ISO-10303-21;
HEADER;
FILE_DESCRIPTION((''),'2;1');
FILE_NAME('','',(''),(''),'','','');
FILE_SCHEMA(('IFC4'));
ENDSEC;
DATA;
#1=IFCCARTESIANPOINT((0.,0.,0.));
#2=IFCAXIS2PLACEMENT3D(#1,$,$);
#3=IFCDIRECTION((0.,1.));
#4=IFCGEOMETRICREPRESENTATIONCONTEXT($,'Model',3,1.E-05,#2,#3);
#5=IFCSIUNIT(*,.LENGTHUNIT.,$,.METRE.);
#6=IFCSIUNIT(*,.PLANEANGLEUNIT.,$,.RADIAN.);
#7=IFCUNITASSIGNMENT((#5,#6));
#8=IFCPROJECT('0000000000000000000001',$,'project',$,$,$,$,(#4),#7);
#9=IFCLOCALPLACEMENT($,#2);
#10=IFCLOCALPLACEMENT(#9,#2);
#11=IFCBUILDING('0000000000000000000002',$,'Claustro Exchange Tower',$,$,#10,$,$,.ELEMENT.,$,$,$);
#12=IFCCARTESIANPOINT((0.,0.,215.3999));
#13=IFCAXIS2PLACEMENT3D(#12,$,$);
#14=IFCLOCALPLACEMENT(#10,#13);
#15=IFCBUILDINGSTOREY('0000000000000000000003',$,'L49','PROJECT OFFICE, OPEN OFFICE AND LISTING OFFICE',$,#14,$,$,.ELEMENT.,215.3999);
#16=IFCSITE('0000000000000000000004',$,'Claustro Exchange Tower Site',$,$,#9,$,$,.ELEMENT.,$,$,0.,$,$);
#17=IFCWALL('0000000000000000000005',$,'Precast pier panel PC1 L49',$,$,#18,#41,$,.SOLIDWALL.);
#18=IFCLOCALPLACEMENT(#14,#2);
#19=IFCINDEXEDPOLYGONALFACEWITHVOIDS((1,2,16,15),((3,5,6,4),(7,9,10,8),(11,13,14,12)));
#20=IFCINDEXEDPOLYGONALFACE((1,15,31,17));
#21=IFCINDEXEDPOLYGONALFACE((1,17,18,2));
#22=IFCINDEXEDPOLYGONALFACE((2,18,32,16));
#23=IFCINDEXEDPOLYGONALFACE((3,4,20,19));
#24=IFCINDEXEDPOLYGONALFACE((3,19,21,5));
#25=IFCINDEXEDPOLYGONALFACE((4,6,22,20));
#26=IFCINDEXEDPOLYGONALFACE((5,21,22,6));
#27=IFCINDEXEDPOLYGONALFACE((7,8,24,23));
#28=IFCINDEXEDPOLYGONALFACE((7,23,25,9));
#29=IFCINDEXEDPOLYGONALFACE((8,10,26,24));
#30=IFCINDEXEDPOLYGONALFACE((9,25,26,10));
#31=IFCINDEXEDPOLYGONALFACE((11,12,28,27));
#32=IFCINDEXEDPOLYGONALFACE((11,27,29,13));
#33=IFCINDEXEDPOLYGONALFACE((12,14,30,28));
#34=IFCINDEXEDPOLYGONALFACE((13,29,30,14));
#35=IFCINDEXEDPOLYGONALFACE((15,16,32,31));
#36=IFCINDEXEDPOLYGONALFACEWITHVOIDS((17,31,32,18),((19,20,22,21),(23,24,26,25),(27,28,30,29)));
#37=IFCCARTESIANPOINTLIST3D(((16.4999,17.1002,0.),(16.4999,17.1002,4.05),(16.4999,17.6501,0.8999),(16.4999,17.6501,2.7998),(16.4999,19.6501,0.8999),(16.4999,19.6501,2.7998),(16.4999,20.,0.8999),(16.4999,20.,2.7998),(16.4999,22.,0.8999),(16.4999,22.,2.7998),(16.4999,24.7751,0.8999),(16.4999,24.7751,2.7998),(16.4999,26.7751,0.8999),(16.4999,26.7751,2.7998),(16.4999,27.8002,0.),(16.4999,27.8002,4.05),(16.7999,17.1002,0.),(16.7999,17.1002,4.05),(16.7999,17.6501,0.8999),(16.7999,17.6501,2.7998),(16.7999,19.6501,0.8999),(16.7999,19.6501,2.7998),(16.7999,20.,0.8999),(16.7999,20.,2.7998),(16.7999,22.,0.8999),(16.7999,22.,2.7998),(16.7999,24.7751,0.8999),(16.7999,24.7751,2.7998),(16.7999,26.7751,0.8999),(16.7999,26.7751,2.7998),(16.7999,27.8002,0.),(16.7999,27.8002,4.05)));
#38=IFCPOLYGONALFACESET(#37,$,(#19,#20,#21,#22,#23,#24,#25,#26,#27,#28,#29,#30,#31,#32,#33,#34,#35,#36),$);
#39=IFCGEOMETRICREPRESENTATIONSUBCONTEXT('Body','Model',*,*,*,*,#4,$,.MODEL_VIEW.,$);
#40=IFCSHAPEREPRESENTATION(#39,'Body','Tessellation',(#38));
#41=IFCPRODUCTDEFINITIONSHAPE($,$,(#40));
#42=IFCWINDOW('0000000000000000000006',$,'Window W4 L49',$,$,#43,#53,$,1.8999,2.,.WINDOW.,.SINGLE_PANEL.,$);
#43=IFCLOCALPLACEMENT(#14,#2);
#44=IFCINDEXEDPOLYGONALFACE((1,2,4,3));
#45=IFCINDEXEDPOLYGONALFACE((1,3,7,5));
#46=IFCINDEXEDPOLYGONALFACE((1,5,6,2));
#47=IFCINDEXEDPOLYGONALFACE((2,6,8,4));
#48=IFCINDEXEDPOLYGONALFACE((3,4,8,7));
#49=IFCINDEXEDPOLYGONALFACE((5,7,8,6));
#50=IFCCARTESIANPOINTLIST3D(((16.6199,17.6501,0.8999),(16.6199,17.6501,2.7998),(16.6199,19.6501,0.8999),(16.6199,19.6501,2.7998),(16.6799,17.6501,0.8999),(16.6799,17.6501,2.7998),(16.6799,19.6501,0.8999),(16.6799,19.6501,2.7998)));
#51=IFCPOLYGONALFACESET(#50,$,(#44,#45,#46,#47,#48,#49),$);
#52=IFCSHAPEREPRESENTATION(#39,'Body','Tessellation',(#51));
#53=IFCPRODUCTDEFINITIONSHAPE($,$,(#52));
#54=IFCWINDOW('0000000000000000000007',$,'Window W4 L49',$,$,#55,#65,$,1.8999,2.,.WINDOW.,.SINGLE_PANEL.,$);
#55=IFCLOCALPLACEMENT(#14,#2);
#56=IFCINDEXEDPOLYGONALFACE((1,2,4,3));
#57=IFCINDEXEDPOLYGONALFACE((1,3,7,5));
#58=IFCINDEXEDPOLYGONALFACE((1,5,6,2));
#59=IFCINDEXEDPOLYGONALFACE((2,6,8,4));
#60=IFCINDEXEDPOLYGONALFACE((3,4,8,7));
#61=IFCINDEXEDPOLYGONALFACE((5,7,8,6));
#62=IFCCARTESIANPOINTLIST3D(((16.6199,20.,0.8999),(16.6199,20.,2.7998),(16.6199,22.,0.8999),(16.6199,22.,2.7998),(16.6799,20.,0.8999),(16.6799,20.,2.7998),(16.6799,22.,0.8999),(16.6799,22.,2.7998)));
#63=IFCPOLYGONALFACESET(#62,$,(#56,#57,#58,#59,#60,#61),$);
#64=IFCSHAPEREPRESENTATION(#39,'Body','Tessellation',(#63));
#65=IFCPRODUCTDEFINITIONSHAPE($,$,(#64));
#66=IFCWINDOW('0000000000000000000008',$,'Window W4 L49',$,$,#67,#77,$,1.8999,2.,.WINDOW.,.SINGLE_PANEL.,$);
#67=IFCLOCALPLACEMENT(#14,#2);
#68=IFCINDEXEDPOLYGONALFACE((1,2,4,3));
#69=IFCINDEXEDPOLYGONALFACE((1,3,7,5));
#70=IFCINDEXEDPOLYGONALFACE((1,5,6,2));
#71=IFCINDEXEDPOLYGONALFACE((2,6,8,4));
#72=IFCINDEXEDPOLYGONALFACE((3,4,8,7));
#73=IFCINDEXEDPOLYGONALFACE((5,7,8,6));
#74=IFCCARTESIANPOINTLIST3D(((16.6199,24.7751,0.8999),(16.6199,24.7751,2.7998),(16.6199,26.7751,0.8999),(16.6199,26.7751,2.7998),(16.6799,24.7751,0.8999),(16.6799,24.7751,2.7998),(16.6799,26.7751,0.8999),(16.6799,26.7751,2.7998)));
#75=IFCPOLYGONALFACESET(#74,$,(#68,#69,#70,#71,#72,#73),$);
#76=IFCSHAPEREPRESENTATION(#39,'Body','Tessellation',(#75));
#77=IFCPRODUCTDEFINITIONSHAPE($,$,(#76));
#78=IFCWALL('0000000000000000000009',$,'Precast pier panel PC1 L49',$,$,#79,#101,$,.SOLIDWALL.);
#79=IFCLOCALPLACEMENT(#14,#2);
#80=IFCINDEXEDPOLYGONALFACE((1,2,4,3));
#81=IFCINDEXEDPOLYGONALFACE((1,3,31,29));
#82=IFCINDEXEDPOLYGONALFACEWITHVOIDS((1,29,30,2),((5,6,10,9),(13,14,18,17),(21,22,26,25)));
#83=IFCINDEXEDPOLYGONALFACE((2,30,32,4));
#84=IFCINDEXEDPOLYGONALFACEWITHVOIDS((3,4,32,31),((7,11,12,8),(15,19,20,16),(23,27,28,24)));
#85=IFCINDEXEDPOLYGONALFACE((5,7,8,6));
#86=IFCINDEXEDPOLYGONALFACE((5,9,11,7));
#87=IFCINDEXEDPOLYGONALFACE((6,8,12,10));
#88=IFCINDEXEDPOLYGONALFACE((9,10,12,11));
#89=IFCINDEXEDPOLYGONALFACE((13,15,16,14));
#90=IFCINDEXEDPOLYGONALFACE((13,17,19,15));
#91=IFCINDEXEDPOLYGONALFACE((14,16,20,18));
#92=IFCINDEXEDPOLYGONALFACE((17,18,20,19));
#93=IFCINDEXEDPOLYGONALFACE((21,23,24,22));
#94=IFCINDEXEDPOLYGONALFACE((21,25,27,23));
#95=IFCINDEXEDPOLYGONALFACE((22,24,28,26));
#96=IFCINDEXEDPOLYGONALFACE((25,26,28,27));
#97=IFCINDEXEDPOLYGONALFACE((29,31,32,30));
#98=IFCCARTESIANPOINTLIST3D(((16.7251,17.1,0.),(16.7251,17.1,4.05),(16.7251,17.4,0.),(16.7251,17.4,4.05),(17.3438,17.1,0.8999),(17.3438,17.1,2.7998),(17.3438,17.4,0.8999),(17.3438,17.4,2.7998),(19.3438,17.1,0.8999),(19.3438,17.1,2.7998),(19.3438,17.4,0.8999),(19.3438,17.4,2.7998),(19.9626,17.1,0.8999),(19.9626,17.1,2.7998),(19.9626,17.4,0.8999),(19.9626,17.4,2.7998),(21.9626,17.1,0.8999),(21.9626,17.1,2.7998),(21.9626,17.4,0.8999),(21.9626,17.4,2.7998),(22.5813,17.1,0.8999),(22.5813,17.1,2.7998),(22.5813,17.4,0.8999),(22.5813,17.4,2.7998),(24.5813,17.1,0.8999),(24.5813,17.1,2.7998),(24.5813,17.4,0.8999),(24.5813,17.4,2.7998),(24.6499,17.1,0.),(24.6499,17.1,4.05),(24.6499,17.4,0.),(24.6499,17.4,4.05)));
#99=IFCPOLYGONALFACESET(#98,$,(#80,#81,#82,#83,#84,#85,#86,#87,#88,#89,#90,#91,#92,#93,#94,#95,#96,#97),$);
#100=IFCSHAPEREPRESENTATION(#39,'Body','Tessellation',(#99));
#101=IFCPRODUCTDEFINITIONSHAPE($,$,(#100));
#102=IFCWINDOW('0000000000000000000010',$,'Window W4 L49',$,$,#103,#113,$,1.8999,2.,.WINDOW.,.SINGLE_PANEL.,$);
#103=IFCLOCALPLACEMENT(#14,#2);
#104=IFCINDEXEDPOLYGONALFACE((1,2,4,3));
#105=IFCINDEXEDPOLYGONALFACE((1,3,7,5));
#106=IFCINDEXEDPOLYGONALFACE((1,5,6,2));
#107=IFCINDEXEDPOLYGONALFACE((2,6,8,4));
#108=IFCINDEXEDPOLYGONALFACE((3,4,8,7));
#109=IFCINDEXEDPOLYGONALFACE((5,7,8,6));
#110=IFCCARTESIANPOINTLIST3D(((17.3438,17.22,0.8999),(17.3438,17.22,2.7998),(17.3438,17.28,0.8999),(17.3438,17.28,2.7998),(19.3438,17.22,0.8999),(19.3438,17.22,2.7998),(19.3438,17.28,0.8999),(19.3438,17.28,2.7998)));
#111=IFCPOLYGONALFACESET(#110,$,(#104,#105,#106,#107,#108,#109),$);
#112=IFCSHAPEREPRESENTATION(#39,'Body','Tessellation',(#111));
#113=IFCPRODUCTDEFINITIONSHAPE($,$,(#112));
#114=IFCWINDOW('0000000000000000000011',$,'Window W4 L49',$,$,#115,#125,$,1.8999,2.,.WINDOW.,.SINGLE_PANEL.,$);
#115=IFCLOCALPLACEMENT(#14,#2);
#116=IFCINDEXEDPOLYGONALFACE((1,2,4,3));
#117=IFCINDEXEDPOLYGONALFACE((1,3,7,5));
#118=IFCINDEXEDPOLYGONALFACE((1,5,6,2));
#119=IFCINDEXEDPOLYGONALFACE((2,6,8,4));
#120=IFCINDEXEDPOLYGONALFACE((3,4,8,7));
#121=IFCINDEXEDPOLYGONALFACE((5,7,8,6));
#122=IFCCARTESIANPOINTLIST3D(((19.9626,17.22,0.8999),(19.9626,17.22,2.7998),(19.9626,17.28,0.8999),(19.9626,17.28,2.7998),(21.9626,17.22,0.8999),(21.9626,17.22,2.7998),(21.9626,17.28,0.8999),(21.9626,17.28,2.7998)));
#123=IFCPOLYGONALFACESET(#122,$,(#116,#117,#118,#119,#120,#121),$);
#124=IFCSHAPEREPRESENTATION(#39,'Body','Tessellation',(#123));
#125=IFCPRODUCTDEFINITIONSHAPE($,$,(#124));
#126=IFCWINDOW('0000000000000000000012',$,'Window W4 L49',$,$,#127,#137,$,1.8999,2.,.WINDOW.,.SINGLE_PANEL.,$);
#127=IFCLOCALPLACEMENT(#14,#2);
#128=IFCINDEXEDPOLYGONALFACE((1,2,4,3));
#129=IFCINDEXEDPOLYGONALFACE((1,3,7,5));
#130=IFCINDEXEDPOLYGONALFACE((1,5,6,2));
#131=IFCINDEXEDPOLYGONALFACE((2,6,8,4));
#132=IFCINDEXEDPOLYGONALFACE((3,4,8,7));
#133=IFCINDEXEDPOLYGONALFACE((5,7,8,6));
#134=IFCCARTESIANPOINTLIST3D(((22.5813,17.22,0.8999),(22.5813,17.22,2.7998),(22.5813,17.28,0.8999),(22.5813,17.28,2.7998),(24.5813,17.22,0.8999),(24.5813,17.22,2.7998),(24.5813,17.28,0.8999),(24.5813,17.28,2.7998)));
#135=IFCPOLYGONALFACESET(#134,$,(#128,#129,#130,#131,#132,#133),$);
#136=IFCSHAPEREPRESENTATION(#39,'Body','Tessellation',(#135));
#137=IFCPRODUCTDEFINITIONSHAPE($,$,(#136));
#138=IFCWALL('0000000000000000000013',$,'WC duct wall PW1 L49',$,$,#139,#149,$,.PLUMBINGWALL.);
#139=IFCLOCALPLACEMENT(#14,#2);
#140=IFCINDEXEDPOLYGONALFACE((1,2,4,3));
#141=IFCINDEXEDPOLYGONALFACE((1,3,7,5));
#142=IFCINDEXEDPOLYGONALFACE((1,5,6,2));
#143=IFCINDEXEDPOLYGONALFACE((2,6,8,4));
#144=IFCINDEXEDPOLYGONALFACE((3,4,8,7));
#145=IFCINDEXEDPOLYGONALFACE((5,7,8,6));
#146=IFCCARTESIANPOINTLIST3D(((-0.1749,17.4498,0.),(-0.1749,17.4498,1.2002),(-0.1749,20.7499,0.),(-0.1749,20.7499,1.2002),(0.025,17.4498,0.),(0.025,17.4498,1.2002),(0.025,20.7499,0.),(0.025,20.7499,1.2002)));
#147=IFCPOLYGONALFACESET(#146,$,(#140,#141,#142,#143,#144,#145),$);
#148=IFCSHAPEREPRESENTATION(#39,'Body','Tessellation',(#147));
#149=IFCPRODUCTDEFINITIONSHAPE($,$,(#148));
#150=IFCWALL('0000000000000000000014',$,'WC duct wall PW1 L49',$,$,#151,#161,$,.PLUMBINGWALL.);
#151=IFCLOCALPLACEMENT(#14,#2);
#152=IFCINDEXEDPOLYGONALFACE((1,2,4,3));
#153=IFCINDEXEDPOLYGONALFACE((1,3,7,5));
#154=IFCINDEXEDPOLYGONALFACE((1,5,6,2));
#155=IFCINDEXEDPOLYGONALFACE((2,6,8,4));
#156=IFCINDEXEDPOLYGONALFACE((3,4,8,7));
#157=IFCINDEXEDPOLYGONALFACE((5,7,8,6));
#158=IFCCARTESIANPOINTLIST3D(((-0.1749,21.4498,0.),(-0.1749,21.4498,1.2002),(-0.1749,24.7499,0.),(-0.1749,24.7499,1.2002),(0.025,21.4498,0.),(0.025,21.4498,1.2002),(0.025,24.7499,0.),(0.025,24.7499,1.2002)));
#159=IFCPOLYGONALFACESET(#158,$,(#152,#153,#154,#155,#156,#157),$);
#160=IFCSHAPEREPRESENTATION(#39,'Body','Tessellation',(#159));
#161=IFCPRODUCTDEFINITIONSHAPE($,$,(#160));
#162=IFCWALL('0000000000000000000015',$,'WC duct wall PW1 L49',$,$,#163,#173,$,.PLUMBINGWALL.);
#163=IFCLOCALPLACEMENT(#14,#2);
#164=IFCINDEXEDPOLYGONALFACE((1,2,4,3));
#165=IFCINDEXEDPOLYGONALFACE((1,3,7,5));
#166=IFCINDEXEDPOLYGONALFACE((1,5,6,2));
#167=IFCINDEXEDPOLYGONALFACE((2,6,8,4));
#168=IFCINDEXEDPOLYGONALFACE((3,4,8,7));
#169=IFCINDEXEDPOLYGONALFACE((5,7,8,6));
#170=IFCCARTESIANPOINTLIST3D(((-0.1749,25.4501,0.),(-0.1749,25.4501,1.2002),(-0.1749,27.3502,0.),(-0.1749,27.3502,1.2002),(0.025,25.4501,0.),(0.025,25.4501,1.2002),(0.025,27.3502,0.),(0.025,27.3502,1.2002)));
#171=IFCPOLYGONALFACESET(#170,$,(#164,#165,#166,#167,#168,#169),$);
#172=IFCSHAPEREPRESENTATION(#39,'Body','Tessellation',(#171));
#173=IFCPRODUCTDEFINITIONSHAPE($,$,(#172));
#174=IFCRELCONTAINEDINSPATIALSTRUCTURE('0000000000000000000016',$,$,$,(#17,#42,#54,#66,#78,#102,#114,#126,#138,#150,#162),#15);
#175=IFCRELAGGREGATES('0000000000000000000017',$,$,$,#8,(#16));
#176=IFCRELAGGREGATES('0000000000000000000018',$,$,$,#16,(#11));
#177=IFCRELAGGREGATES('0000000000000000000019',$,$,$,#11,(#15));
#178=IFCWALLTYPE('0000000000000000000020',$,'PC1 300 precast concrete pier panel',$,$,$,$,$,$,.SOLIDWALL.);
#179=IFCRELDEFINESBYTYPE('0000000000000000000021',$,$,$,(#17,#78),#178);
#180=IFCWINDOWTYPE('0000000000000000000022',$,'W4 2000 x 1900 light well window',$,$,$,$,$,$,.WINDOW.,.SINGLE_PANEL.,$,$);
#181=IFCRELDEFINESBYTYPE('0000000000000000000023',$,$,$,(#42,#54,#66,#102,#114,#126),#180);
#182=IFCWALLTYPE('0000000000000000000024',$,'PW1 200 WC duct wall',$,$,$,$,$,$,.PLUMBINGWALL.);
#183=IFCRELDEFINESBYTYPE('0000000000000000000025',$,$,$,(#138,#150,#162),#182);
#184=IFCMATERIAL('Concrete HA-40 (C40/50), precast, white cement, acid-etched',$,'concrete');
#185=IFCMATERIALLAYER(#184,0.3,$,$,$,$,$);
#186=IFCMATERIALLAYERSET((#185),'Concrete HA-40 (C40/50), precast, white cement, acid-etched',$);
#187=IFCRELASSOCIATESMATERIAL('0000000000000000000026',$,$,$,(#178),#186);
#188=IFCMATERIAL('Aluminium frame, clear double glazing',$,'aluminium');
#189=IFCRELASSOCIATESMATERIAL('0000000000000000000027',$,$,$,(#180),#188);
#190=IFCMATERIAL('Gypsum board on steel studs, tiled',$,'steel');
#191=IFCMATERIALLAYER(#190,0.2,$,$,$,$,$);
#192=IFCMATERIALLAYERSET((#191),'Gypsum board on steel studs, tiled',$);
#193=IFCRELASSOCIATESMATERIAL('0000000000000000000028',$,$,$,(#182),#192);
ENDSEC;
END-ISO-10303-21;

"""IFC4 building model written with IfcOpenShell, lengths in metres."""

from ifc_helpers import new_model, si_unit, direction, frame, frame_2d, origin, place, context, subcontext, project, spatial, rectangle, extrude, material, layer, layer_set, type_object, element, fill, save


model = new_model("IFC4")

# Units and contexts
model_context = context("Model", 3, precision=1e-05, world=origin(), true_north=direction((0.0, 1.0)))
body_context = subcontext(model_context, "Body", "Model", "MODEL_VIEW")
ifc_project = project(units=[si_unit("LENGTHUNIT", "METRE"), si_unit("PLANEANGLEUNIT", "RADIAN")], contexts=[model_context])

# Site, building, storey
site_placement = place(None, origin())
site = spatial("IfcSite", under=ifc_project, at=site_placement, Name="Claustro Exchange Tower Site", CompositionType="ELEMENT", RefElevation=0.0)
building_placement = place(site_placement, origin())
building = spatial("IfcBuilding", under=site, at=building_placement, Name="Claustro Exchange Tower", CompositionType="ELEMENT")
storey_placement = place(building_placement, frame((0.0, 0.0, 215.3999)))
storey = spatial("IfcBuildingStorey", under=building, at=storey_placement, Name="L49", Description="PROJECT OFFICE, OPEN OFFICE AND LISTING OFFICE", CompositionType="ELEMENT", Elevation=215.3999)

# Walls, openings, windows
ifc_material_1 = material(Name="Concrete HA-40 (C40/50), precast, white cement, acid-etched", Category="concrete")
ifc_layer_1 = layer(ifc_material_1, 0.3)
ifc_layer_set_1 = layer_set([ifc_layer_1], Name="Concrete HA-40 (C40/50), precast, white cement, acid-etched")
wall_type_1 = type_object("IfcWallType", Name="PC1 300 precast concrete pier panel", PredefinedType="SOLIDWALL", material=ifc_layer_set_1)
wall_1_placement = place(storey_placement, frame((16.6499, 17.1001, 0.0), z_axis=(0.0, 0.0, 1.0), x_axis=(0.0, 1.0, 0.0)))
wall_1 = element("IfcWall", 1, at=wall_1_placement, inside=storey, type_object=wall_type_1, Name="Precast pier panel PC1 L49", PredefinedType="SOLIDWALL", context=body_context, shape_type="SweptSolid", body=[
    extrude(rectangle(XDim=10.7, YDim=0.3, at=frame_2d((5.3501, 0.0))), origin(), (0.0, 0.0, 1.0), 4.05),
])
opening_1_placement = place(wall_1_placement, frame((0.55, 0.0, 0.8999)))
opening_1 = element("IfcOpeningElement", 2, at=opening_1_placement, cuts=wall_1, PredefinedType="OPENING", context=body_context, shape_type="SweptSolid", body=[
    extrude(rectangle(XDim=2.0, YDim=1.8999, at=frame_2d((1.0, 0.95))), frame((0.0, 0.1599, 0.0), z_axis=(0.0, -1.0, 0.0), x_axis=(1.0, 0.0, 0.0)), (0.0, 0.0, 1.0), 0.3201),
])
opening_2_placement = place(wall_1_placement, frame((2.8999, 0.0, 0.8999)))
opening_2 = element("IfcOpeningElement", 3, at=opening_2_placement, cuts=wall_1, PredefinedType="OPENING", context=body_context, shape_type="SweptSolid", body=[
    extrude(rectangle(XDim=2.0, YDim=1.8999, at=frame_2d((1.0, 0.95))), frame((0.0, 0.1599, 0.0), z_axis=(0.0, -1.0, 0.0), x_axis=(1.0, 0.0, 0.0)), (0.0, 0.0, 1.0), 0.3201),
])
opening_3_placement = place(wall_1_placement, frame((7.675, 0.0, 0.8999)))
opening_3 = element("IfcOpeningElement", 4, at=opening_3_placement, cuts=wall_1, PredefinedType="OPENING", context=body_context, shape_type="SweptSolid", body=[
    extrude(rectangle(XDim=2.0, YDim=1.8999, at=frame_2d((1.0, 0.95))), frame((0.0, 0.1599, 0.0), z_axis=(0.0, -1.0, 0.0), x_axis=(1.0, 0.0, 0.0)), (0.0, 0.0, 1.0), 0.3201),
])
ifc_material_2 = material(Name="Aluminium frame, clear double glazing", Category="aluminium")
window_type = type_object("IfcWindowType", Name="W4 2000 x 1900 light well window", PartitioningType="SINGLE_PANEL", PredefinedType="WINDOW", material=ifc_material_2)
window_1_placement = place(opening_1_placement, origin())
window_1 = element("IfcWindow", 5, at=window_1_placement, inside=storey, type_object=window_type, Name="Window W4 L49", OverallHeight=1.8999, OverallWidth=2.0, PartitioningType="SINGLE_PANEL", PredefinedType="WINDOW", context=body_context, shape_type="SweptSolid", body=[
    extrude(rectangle(XDim=2.0, YDim=1.8999, at=frame_2d((1.0, 0.95))), frame((0.0, 0.03, 0.0), z_axis=(0.0, -1.0, 0.0), x_axis=(1.0, 0.0, 0.0)), (0.0, 0.0, 1.0), 0.0601),
])
fill(opening_1, window_1)
window_2_placement = place(opening_2_placement, origin())
window_2 = element("IfcWindow", 6, at=window_2_placement, inside=storey, type_object=window_type, Name="Window W4 L49", OverallHeight=1.8999, OverallWidth=2.0, PartitioningType="SINGLE_PANEL", PredefinedType="WINDOW", context=body_context, shape_type="SweptSolid", body=[
    extrude(rectangle(XDim=2.0, YDim=1.8999, at=frame_2d((1.0, 0.95))), frame((0.0, 0.03, 0.0), z_axis=(0.0, -1.0, 0.0), x_axis=(1.0, 0.0, 0.0)), (0.0, 0.0, 1.0), 0.0601),
])
fill(opening_2, window_2)
window_3_placement = place(opening_3_placement, origin())
window_3 = element("IfcWindow", 7, at=window_3_placement, inside=storey, type_object=window_type, Name="Window W4 L49", OverallHeight=1.8999, OverallWidth=2.0, PartitioningType="SINGLE_PANEL", PredefinedType="WINDOW", context=body_context, shape_type="SweptSolid", body=[
    extrude(rectangle(XDim=2.0, YDim=1.8999, at=frame_2d((1.0, 0.95))), frame((0.0, 0.03, 0.0), z_axis=(0.0, -1.0, 0.0), x_axis=(1.0, 0.0, 0.0)), (0.0, 0.0, 1.0), 0.0601),
])
fill(opening_3, window_3)
wall_2_placement = place(storey_placement, frame((16.7251, 17.25, 0.0), z_axis=(0.0, 0.0, 1.0), x_axis=(1.0, 0.0, 0.0)))
wall_2 = element("IfcWall", 8, at=wall_2_placement, inside=storey, type_object=wall_type_1, Name="Precast pier panel PC1 L49", PredefinedType="SOLIDWALL", context=body_context, shape_type="SweptSolid", body=[
    extrude(rectangle(XDim=7.9248, YDim=0.3, at=frame_2d((3.9624, 0.0))), origin(), (0.0, 0.0, 1.0), 4.05),
])
opening_4_placement = place(wall_2_placement, frame((0.6187, 0.0, 0.8999)))
opening_4 = element("IfcOpeningElement", 9, at=opening_4_placement, cuts=wall_2, PredefinedType="OPENING", context=body_context, shape_type="SweptSolid", body=[
    extrude(rectangle(XDim=2.0, YDim=1.8999, at=frame_2d((1.0, 0.95))), frame((0.0, 0.1599, 0.0), z_axis=(0.0, -1.0, 0.0), x_axis=(1.0, 0.0, 0.0)), (0.0, 0.0, 1.0), 0.3201),
])
opening_5_placement = place(wall_2_placement, frame((3.2375, 0.0, 0.8999)))
opening_5 = element("IfcOpeningElement", 10, at=opening_5_placement, cuts=wall_2, PredefinedType="OPENING", context=body_context, shape_type="SweptSolid", body=[
    extrude(rectangle(XDim=2.0, YDim=1.8999, at=frame_2d((1.0, 0.95))), frame((0.0, 0.1599, 0.0), z_axis=(0.0, -1.0, 0.0), x_axis=(1.0, 0.0, 0.0)), (0.0, 0.0, 1.0), 0.3201),
])
opening_6_placement = place(wall_2_placement, frame((5.8562, 0.0, 0.8999)))
opening_6 = element("IfcOpeningElement", 11, at=opening_6_placement, cuts=wall_2, PredefinedType="OPENING", context=body_context, shape_type="SweptSolid", body=[
    extrude(rectangle(XDim=2.0, YDim=1.8999, at=frame_2d((1.0, 0.95))), frame((0.0, 0.1599, 0.0), z_axis=(0.0, -1.0, 0.0), x_axis=(1.0, 0.0, 0.0)), (0.0, 0.0, 1.0), 0.3201),
])
window_4_placement = place(opening_4_placement, origin())
window_4 = element("IfcWindow", 12, at=window_4_placement, inside=storey, type_object=window_type, Name="Window W4 L49", OverallHeight=1.8999, OverallWidth=2.0, PartitioningType="SINGLE_PANEL", PredefinedType="WINDOW", context=body_context, shape_type="SweptSolid", body=[
    extrude(rectangle(XDim=2.0, YDim=1.8999, at=frame_2d((1.0, 0.95))), frame((0.0, 0.03, 0.0), z_axis=(0.0, -1.0, 0.0), x_axis=(1.0, 0.0, 0.0)), (0.0, 0.0, 1.0), 0.0601),
])
fill(opening_4, window_4)
window_5_placement = place(opening_5_placement, origin())
window_5 = element("IfcWindow", 13, at=window_5_placement, inside=storey, type_object=window_type, Name="Window W4 L49", OverallHeight=1.8999, OverallWidth=2.0, PartitioningType="SINGLE_PANEL", PredefinedType="WINDOW", context=body_context, shape_type="SweptSolid", body=[
    extrude(rectangle(XDim=2.0, YDim=1.8999, at=frame_2d((1.0, 0.95))), frame((0.0, 0.03, 0.0), z_axis=(0.0, -1.0, 0.0), x_axis=(1.0, 0.0, 0.0)), (0.0, 0.0, 1.0), 0.0601),
])
fill(opening_5, window_5)
window_6_placement = place(opening_6_placement, origin())
window_6 = element("IfcWindow", 14, at=window_6_placement, inside=storey, type_object=window_type, Name="Window W4 L49", OverallHeight=1.8999, OverallWidth=2.0, PartitioningType="SINGLE_PANEL", PredefinedType="WINDOW", context=body_context, shape_type="SweptSolid", body=[
    extrude(rectangle(XDim=2.0, YDim=1.8999, at=frame_2d((1.0, 0.95))), frame((0.0, 0.03, 0.0), z_axis=(0.0, -1.0, 0.0), x_axis=(1.0, 0.0, 0.0)), (0.0, 0.0, 1.0), 0.0601),
])
fill(opening_6, window_6)

# Walls
ifc_material_3 = material(Name="Gypsum board on steel studs, tiled", Category="steel")
ifc_layer_2 = layer(ifc_material_3, 0.2)
ifc_layer_set_2 = layer_set([ifc_layer_2], Name="Gypsum board on steel studs, tiled")
wall_type_2 = type_object("IfcWallType", Name="PW1 200 WC duct wall", PredefinedType="PLUMBINGWALL", material=ifc_layer_set_2)
for number, where, z_axis, x_axis, name in (
    (15, (-0.075, 17.45, 0.0), (0.0, 0.0, 1.0), (0.0, 1.0, 0.0), "WC duct wall PW1 L49"),
    (16, (-0.075, 21.45, 0.0), (0.0, 0.0, 1.0), (0.0, 1.0, 0.0), "WC duct wall PW1 L49"),
):
    element("IfcWall", number, at=place(storey_placement, frame(where, z_axis=z_axis, x_axis=x_axis)), inside=storey, type_object=wall_type_2, Name=name, PredefinedType="PLUMBINGWALL", context=body_context, shape_type="SweptSolid", body=[
        extrude(rectangle(XDim=3.3, YDim=0.2, at=frame_2d((1.6499, 0.0))), origin(), (0.0, 0.0, 1.0), 1.2002),
    ])
wall_3_placement = place(storey_placement, frame((-0.075, 25.45, 0.0), z_axis=(0.0, 0.0, 1.0), x_axis=(0.0, 1.0, 0.0)))
element("IfcWall", 17, at=wall_3_placement, inside=storey, type_object=wall_type_2, Name="WC duct wall PW1 L49", PredefinedType="PLUMBINGWALL", context=body_context, shape_type="SweptSolid", body=[
    extrude(rectangle(XDim=1.9001, YDim=0.2, at=frame_2d((0.9502, 0.0))), origin(), (0.0, 0.0, 1.0), 1.2002),
])

save(model, "model.ifc")
